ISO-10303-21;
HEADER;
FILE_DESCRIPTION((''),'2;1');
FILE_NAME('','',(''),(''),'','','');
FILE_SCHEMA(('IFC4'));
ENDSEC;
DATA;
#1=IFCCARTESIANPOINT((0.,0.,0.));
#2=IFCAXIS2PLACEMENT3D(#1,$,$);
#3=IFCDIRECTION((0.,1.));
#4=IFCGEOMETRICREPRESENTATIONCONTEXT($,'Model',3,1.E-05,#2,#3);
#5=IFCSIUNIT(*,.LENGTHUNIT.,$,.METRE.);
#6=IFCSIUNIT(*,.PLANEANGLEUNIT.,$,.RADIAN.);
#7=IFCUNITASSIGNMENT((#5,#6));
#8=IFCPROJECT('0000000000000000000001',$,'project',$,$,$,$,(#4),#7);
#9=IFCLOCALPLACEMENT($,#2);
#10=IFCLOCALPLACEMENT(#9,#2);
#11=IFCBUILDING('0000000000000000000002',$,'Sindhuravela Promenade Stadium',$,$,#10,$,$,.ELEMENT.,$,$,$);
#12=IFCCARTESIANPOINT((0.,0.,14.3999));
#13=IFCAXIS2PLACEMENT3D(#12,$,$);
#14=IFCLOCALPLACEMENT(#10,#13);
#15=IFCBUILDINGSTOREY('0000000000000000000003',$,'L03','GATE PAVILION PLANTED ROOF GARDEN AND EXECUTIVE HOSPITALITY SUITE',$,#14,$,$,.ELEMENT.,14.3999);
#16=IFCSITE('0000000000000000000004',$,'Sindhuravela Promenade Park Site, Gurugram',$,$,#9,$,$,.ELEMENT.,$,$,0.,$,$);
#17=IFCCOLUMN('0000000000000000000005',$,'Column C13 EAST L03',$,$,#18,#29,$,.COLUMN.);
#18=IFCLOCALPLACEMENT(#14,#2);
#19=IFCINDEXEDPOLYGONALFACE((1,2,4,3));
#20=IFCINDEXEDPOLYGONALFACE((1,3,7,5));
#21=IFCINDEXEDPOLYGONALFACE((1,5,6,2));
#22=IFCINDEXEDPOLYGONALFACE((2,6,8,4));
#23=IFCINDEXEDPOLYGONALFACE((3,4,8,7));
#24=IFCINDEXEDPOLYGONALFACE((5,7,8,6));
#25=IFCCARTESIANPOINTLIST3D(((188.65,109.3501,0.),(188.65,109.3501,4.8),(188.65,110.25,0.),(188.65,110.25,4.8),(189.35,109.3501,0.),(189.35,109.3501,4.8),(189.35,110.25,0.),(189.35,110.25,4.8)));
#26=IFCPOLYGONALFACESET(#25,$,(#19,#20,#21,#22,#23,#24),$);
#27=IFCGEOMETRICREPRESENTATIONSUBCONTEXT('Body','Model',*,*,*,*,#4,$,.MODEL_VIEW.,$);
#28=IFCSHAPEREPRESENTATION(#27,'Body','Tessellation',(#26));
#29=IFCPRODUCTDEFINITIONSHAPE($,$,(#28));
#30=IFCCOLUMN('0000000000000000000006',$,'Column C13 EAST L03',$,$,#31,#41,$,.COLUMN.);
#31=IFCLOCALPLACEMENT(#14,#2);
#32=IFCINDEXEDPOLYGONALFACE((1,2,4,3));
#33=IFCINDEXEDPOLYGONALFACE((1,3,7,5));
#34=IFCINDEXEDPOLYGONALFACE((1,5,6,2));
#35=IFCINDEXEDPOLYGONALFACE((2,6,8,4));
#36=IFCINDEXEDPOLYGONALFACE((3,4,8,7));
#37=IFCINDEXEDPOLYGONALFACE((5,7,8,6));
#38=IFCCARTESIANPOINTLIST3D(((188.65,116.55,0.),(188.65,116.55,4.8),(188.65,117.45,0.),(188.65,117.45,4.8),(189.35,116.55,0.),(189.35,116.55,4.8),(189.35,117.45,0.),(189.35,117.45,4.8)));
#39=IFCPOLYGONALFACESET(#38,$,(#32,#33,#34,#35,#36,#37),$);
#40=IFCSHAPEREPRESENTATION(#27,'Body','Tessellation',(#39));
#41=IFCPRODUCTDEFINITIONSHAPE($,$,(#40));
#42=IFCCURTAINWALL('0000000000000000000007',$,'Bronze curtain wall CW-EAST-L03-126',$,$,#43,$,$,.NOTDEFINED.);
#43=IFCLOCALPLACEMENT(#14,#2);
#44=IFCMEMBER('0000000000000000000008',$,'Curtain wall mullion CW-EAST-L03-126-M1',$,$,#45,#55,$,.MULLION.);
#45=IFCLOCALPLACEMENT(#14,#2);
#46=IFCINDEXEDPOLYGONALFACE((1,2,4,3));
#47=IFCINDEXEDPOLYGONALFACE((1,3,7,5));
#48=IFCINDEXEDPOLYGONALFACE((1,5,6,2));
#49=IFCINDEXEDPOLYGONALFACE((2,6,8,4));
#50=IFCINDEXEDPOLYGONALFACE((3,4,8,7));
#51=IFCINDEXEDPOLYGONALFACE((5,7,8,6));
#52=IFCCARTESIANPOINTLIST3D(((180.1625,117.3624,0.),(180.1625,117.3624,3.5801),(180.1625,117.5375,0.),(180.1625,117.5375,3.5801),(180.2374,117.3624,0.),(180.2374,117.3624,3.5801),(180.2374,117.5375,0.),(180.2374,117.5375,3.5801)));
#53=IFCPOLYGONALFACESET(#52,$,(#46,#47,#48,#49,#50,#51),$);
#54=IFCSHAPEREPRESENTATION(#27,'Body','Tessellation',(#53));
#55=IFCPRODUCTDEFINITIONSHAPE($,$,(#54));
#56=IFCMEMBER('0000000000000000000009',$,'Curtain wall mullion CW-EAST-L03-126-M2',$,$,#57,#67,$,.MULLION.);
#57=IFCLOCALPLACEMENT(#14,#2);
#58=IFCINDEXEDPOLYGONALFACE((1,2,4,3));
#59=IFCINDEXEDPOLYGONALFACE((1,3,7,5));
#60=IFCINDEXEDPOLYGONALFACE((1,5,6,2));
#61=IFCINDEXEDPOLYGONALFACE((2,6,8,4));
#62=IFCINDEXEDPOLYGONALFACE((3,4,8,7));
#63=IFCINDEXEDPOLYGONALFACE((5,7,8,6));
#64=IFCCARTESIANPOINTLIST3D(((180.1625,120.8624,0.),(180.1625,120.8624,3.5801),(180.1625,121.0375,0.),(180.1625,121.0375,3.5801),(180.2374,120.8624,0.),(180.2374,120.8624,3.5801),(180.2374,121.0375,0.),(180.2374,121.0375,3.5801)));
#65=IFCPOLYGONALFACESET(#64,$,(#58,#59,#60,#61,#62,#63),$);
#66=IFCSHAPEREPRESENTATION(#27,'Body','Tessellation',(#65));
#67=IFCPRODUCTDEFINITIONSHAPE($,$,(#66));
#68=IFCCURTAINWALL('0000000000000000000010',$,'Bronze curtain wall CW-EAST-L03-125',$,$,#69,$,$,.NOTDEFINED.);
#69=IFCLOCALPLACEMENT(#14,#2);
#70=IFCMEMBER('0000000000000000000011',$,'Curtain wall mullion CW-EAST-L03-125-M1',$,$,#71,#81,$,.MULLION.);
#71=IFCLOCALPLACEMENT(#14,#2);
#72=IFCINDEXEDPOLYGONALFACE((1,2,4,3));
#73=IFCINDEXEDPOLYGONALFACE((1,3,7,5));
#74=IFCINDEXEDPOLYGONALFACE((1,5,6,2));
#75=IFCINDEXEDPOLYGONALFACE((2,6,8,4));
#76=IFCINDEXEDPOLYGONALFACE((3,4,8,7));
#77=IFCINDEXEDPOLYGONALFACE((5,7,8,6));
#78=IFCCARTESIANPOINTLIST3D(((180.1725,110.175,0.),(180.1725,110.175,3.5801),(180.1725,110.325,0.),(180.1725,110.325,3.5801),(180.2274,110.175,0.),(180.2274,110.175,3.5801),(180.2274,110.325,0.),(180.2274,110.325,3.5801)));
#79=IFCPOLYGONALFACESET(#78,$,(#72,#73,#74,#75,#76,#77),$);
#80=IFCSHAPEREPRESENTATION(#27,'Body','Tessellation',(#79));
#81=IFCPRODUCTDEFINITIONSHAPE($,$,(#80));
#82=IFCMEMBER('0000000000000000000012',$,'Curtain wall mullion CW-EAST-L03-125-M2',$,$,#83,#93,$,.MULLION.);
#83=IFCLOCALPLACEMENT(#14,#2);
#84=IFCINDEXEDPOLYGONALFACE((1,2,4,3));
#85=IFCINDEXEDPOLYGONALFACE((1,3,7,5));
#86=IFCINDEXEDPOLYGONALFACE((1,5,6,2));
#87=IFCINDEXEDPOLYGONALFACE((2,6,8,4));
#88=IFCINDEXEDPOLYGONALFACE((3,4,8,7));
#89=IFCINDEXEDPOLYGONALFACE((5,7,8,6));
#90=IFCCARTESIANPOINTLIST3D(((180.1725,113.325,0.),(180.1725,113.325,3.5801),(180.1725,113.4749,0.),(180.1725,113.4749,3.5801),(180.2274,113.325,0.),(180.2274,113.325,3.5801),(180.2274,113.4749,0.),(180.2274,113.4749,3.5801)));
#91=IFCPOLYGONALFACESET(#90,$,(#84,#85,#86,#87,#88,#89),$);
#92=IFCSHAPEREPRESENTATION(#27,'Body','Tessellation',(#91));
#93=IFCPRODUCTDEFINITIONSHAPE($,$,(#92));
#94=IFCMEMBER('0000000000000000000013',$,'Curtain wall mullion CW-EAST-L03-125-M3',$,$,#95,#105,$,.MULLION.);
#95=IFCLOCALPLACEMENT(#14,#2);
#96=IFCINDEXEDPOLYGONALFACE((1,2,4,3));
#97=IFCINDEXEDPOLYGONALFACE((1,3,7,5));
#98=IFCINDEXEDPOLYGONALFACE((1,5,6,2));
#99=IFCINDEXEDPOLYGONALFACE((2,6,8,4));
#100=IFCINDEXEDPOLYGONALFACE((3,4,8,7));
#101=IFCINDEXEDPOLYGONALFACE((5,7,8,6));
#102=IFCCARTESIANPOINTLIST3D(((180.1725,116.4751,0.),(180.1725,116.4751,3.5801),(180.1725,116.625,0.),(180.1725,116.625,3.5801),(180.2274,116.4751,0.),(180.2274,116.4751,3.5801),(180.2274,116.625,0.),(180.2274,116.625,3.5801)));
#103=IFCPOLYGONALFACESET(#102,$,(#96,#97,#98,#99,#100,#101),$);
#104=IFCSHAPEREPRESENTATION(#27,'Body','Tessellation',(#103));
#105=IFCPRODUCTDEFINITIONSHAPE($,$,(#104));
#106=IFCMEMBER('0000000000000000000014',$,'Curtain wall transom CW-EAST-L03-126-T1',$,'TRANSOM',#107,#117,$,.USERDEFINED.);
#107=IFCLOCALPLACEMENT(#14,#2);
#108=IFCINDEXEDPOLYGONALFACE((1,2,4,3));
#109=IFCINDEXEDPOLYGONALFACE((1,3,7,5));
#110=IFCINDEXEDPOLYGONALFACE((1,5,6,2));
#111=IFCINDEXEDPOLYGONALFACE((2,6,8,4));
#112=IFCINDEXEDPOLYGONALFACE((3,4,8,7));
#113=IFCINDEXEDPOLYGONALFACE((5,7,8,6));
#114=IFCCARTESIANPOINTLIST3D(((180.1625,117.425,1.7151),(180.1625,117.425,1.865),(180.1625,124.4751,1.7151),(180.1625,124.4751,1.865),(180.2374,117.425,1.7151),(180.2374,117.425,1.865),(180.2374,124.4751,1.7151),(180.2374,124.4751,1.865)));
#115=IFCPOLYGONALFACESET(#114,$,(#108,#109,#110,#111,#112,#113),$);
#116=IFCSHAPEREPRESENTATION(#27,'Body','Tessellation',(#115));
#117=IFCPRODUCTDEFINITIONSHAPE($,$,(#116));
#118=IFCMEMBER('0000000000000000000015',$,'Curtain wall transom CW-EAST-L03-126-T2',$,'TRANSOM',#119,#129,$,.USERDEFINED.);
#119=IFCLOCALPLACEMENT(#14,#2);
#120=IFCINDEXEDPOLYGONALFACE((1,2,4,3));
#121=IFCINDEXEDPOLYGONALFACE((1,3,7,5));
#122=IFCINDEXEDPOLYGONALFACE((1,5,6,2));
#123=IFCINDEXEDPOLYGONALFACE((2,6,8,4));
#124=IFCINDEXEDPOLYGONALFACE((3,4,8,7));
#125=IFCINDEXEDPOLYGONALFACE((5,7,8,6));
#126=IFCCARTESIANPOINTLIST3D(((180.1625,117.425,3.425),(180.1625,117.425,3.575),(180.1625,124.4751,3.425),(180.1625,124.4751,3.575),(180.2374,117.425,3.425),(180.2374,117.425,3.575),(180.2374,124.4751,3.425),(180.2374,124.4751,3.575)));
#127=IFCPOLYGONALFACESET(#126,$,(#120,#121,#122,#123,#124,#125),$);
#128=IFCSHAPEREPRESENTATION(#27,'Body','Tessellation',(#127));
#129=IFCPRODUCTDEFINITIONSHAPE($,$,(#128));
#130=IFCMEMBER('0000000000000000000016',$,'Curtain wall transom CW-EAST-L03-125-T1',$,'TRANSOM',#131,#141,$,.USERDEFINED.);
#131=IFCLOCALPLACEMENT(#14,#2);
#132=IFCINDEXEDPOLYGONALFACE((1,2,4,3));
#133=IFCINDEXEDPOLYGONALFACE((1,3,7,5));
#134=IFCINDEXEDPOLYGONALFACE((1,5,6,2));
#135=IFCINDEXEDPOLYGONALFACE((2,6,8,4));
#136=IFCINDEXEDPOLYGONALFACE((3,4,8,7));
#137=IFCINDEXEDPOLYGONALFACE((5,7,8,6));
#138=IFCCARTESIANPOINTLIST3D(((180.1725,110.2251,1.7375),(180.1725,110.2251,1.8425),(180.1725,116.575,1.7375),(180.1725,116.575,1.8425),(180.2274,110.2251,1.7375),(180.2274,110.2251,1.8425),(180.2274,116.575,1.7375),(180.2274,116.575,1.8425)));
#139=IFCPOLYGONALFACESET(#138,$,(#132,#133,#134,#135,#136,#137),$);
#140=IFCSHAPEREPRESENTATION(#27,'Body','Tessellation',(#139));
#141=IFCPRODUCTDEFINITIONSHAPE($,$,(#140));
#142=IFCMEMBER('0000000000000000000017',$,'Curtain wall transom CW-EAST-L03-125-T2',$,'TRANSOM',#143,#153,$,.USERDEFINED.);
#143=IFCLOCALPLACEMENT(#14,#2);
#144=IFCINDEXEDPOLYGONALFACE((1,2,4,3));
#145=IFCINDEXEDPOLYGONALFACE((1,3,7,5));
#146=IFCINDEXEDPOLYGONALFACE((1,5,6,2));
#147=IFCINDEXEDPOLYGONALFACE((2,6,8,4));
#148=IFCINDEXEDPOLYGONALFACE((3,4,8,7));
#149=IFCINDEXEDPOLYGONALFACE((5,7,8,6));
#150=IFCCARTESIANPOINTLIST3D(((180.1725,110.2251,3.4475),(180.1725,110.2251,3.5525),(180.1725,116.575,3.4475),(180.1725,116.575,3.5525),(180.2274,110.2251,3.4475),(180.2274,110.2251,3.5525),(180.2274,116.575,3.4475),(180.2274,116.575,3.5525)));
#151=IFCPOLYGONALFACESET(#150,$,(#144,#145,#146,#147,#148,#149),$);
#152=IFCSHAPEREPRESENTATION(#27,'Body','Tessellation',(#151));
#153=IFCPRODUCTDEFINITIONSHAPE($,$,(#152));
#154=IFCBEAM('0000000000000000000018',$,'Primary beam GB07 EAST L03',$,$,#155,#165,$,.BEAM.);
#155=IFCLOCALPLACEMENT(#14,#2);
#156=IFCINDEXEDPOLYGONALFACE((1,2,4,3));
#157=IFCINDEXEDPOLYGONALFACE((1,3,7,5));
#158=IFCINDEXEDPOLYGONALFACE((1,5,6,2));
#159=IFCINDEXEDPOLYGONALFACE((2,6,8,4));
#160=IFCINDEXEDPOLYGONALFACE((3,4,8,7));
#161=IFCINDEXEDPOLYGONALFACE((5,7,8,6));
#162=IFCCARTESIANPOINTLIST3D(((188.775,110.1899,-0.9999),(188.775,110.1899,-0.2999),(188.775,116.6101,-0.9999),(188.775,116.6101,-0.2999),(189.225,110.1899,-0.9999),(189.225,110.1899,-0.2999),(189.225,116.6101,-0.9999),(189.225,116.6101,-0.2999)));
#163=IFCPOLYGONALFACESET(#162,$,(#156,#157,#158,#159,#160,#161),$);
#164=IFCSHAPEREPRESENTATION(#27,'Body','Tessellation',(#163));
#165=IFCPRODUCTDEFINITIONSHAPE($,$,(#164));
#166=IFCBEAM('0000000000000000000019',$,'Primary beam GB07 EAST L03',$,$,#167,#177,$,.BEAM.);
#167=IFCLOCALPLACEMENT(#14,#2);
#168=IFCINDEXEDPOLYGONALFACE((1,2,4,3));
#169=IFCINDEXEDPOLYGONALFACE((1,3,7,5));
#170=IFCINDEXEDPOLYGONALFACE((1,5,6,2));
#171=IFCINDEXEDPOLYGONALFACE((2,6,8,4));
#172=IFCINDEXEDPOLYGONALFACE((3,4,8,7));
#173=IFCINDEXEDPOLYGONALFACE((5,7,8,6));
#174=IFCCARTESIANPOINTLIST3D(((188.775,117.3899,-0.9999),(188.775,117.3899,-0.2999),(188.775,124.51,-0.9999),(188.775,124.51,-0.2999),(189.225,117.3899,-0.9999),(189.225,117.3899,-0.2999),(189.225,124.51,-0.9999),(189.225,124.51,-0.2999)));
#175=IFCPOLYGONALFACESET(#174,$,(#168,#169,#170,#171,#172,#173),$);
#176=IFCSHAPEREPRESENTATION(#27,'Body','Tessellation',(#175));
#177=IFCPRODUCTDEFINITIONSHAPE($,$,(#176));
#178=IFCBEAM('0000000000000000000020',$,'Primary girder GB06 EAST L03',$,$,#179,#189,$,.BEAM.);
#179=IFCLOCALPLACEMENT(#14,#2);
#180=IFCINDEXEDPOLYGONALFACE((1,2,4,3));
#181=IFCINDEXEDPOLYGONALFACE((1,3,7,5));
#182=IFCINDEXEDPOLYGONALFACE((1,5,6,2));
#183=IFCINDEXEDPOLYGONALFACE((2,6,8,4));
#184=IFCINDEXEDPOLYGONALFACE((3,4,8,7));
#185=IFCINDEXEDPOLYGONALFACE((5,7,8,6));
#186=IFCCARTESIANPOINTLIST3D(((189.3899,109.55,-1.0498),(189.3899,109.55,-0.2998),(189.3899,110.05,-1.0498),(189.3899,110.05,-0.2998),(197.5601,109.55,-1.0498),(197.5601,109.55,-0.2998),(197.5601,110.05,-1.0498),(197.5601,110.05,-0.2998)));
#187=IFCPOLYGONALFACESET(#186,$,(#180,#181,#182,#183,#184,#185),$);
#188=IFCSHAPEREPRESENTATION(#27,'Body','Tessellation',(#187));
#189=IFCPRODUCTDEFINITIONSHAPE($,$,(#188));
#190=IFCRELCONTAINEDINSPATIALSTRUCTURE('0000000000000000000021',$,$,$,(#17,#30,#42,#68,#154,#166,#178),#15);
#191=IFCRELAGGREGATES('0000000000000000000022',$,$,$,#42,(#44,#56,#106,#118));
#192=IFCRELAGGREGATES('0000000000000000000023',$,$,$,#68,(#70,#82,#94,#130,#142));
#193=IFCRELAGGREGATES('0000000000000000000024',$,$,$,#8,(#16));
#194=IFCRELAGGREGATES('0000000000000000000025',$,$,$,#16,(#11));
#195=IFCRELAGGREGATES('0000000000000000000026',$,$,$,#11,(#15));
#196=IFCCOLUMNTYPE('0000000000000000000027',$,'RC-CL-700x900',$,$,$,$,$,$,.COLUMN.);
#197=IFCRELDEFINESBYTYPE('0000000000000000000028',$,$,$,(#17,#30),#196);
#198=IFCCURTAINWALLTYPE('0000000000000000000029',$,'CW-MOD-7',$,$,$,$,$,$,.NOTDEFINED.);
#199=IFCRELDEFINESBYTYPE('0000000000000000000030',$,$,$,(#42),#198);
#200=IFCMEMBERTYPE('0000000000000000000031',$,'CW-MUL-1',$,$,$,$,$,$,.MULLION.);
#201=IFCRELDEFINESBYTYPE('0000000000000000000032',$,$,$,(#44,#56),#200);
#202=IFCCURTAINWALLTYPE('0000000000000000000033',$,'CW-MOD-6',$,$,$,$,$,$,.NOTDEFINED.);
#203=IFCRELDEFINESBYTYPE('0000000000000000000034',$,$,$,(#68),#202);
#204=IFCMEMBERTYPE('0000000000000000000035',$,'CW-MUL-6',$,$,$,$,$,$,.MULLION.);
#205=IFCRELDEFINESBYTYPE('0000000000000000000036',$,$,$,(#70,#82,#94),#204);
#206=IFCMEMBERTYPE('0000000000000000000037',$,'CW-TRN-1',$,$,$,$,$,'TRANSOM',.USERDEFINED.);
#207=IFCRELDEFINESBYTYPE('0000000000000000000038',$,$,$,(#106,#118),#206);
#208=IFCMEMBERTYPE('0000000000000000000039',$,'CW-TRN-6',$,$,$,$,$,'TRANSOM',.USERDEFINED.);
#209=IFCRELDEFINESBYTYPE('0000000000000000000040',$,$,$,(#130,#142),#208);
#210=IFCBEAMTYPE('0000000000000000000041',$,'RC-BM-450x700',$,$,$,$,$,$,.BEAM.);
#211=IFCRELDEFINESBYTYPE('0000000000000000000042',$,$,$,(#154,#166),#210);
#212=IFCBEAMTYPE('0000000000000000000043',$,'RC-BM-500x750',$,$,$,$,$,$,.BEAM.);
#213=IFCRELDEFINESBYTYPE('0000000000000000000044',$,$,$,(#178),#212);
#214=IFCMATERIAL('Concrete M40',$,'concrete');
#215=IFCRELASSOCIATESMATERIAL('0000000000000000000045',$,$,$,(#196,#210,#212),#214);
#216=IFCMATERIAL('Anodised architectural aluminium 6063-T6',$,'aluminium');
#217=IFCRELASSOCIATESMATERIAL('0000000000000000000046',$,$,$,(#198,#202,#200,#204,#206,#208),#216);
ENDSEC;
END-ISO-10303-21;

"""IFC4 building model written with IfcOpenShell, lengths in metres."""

from ifc_helpers import new_model, si_unit, direction, frame, origin, origin_2d, place, context, subcontext, project, spatial, rectangle, extrude, material, material_profile, profile_set, type_object, element, aggregate, save


model = new_model("IFC4")

# Units and contexts
model_context = context("Model", 3, precision=1e-05, world=origin(), true_north=direction((0.0, 1.0)))
body_context = subcontext(model_context, "Body", "Model", "MODEL_VIEW")
ifc_project = project(units=[si_unit("LENGTHUNIT", "METRE"), si_unit("PLANEANGLEUNIT", "RADIAN")], contexts=[model_context])

# Site, building, storey
site_placement = place(None, origin())
site = spatial("IfcSite", under=ifc_project, at=site_placement, Name="Sindhuravela Promenade Park Site, Gurugram", CompositionType="ELEMENT", RefElevation=0.0)
building_placement = place(site_placement, origin())
building = spatial("IfcBuilding", under=site, at=building_placement, Name="Sindhuravela Promenade Stadium", CompositionType="ELEMENT")
storey_placement = place(building_placement, frame((0.0, 0.0, 14.3999)))
storey = spatial("IfcBuildingStorey", under=building, at=storey_placement, Name="L03", Description="GATE PAVILION PLANTED ROOF GARDEN AND EXECUTIVE HOSPITALITY SUITE", CompositionType="ELEMENT", Elevation=14.3999)

# Columns
ifc_material_1 = material(Name="Concrete M40", Category="concrete")
ifc_material_profile_1 = material_profile(ifc_material_1, rectangle(XDim=0.7, YDim=0.8999, at=origin_2d()), Name="RC 700x900")
ifc_profile_set_1 = profile_set([ifc_material_profile_1], Name="Concrete M40")
column_type = type_object("IfcColumnType", Name="RC-CL-700x900", PredefinedType="COLUMN", material=ifc_profile_set_1)
for number, where, z_axis, x_axis, name in (
    (1, (189.0, 109.8, 0.0), (0.0, 0.0, 1.0), (1.0, 0.0, 0.0), "Column C13 EAST L03"),
    (2, (189.0, 117.0, 0.0), (0.0, 0.0, 1.0), (1.0, 0.0, 0.0), "Column C13 EAST L03"),
):
    element("IfcColumn", number, at=place(storey_placement, frame(where, z_axis=z_axis, x_axis=x_axis)), inside=storey, type_object=column_type, Name=name, PredefinedType="COLUMN", context=body_context, shape_type="SweptSolid", body=[
        extrude(rectangle(XDim=0.7, YDim=0.8999, at=origin_2d()), origin(), (0.0, 0.0, 1.0), 4.8),
    ])

# Curtain walls, members
ifc_material_2 = material(Name="Anodised architectural aluminium 6063-T6", Category="aluminium")
curtain_wall_type_1 = type_object("IfcCurtainWallType", Name="CW-MOD-7", PredefinedType="NOTDEFINED", material=ifc_material_2)
curtain_wall_1_placement = place(storey_placement, origin())
curtain_wall_1 = element("IfcCurtainWall", 3, at=curtain_wall_1_placement, inside=storey, type_object=curtain_wall_type_1, Name="Bronze curtain wall CW-EAST-L03-126", PredefinedType="NOTDEFINED")
ifc_material_profile_2 = material_profile(ifc_material_2, rectangle(XDim=0.075, YDim=0.175, at=origin_2d()), Name="ALU MULL 75x175")
ifc_profile_set_2 = profile_set([ifc_material_profile_2], Name="Anodised architectural aluminium 6063-T6")
member_type_1 = type_object("IfcMemberType", Name="CW-MUL-1", PredefinedType="MULLION", material=ifc_profile_set_2)
member_1_placement = place(storey_placement, frame((180.2, 117.45, 0.0), z_axis=(0.0, 0.0, 1.0), x_axis=(1.0, 0.0, 0.0)))
member_1 = element("IfcMember", 4, at=member_1_placement, type_object=member_type_1, Name="Curtain wall mullion CW-EAST-L03-126-M1", PredefinedType="MULLION", context=body_context, shape_type="SweptSolid", body=[
    extrude(rectangle(XDim=0.075, YDim=0.175, at=origin_2d()), origin(), (0.0, 0.0, 1.0), 3.5801),
])
member_2_placement = place(storey_placement, frame((180.2, 120.95, 0.0), z_axis=(0.0, 0.0, 1.0), x_axis=(1.0, 0.0, 0.0)))
member_2 = element("IfcMember", 5, at=member_2_placement, type_object=member_type_1, Name="Curtain wall mullion CW-EAST-L03-126-M2", PredefinedType="MULLION", context=body_context, shape_type="SweptSolid", body=[
    extrude(rectangle(XDim=0.075, YDim=0.175, at=origin_2d()), origin(), (0.0, 0.0, 1.0), 3.5801),
])
curtain_wall_type_2 = type_object("IfcCurtainWallType", Name="CW-MOD-6", PredefinedType="NOTDEFINED", material=ifc_material_2)
curtain_wall_2_placement = place(storey_placement, origin())
curtain_wall_2 = element("IfcCurtainWall", 6, at=curtain_wall_2_placement, inside=storey, type_object=curtain_wall_type_2, Name="Bronze curtain wall CW-EAST-L03-125", PredefinedType="NOTDEFINED")
ifc_material_profile_3 = material_profile(ifc_material_2, rectangle(XDim=0.0549, YDim=0.1499, at=origin_2d()), Name="ALU M55x150")
ifc_profile_set_3 = profile_set([ifc_material_profile_3], Name="Anodised architectural aluminium 6063-T6")
member_type_2 = type_object("IfcMemberType", Name="CW-MUL-6", PredefinedType="MULLION", material=ifc_profile_set_3)
member_3_placement = place(storey_placement, frame((180.2, 110.25, 0.0), z_axis=(0.0, 0.0, 1.0), x_axis=(1.0, 0.0, 0.0)))
member_3 = element("IfcMember", 7, at=member_3_placement, type_object=member_type_2, Name="Curtain wall mullion CW-EAST-L03-125-M1", PredefinedType="MULLION", context=body_context, shape_type="SweptSolid", body=[
    extrude(rectangle(XDim=0.0549, YDim=0.1499, at=origin_2d()), origin(), (0.0, 0.0, 1.0), 3.5801),
])
member_4_placement = place(storey_placement, frame((180.2, 113.3999, 0.0), z_axis=(0.0, 0.0, 1.0), x_axis=(1.0, 0.0, 0.0)))
member_4 = element("IfcMember", 8, at=member_4_placement, type_object=member_type_2, Name="Curtain wall mullion CW-EAST-L03-125-M2", PredefinedType="MULLION", context=body_context, shape_type="SweptSolid", body=[
    extrude(rectangle(XDim=0.0549, YDim=0.1499, at=origin_2d()), origin(), (0.0, 0.0, 1.0), 3.5801),
])
member_5_placement = place(storey_placement, frame((180.2, 116.55, 0.0), z_axis=(0.0, 0.0, 1.0), x_axis=(1.0, 0.0, 0.0)))
member_5 = element("IfcMember", 9, at=member_5_placement, type_object=member_type_2, Name="Curtain wall mullion CW-EAST-L03-125-M3", PredefinedType="MULLION", context=body_context, shape_type="SweptSolid", body=[
    extrude(rectangle(XDim=0.0549, YDim=0.1499, at=origin_2d()), origin(), (0.0, 0.0, 1.0), 3.5801),
])

# Members
ifc_material_profile_4 = material_profile(ifc_material_2, rectangle(XDim=0.075, YDim=0.1499, at=origin_2d()), Name="ALU TRAN 75x150")
ifc_profile_set_4 = profile_set([ifc_material_profile_4], Name="Anodised architectural aluminium 6063-T6")
member_type_3 = type_object("IfcMemberType", Name="CW-TRN-1", ElementType="TRANSOM", PredefinedType="USERDEFINED", material=ifc_profile_set_4)
member_6_placement = place(storey_placement, frame((180.2, 117.425, 1.79), z_axis=(0.0, 1.0, 0.0), x_axis=(-1.0, 0.0, 0.0)))
member_6 = element("IfcMember", 10, at=member_6_placement, type_object=member_type_3, Name="Curtain wall transom CW-EAST-L03-126-T1", ObjectType="TRANSOM", PredefinedType="USERDEFINED", context=body_context, shape_type="SweptSolid", body=[
    extrude(rectangle(XDim=0.075, YDim=0.1499, at=origin_2d()), origin(), (0.0, 0.0, 1.0), 7.05),
])
member_7_placement = place(storey_placement, frame((180.2, 117.425, 3.5), z_axis=(0.0, 1.0, 0.0), x_axis=(-1.0, 0.0, 0.0)))
member_7 = element("IfcMember", 11, at=member_7_placement, type_object=member_type_3, Name="Curtain wall transom CW-EAST-L03-126-T2", ObjectType="TRANSOM", PredefinedType="USERDEFINED", context=body_context, shape_type="SweptSolid", body=[
    extrude(rectangle(XDim=0.075, YDim=0.1499, at=origin_2d()), origin(), (0.0, 0.0, 1.0), 7.05),
])
ifc_material_profile_5 = material_profile(ifc_material_2, rectangle(XDim=0.0549, YDim=0.105, at=origin_2d()), Name="ALU T55x105")
ifc_profile_set_5 = profile_set([ifc_material_profile_5], Name="Anodised architectural aluminium 6063-T6")
member_type_4 = type_object("IfcMemberType", Name="CW-TRN-6", ElementType="TRANSOM", PredefinedType="USERDEFINED", material=ifc_profile_set_5)
member_8_placement = place(storey_placement, frame((180.2, 110.2251, 1.79), z_axis=(0.0, 1.0, 0.0), x_axis=(-1.0, 0.0, 0.0)))
member_8 = element("IfcMember", 12, at=member_8_placement, type_object=member_type_4, Name="Curtain wall transom CW-EAST-L03-125-T1", ObjectType="TRANSOM", PredefinedType="USERDEFINED", context=body_context, shape_type="SweptSolid", body=[
    extrude(rectangle(XDim=0.0549, YDim=0.105, at=origin_2d()), origin(), (0.0, 0.0, 1.0), 6.3499),
])
member_9_placement = place(storey_placement, frame((180.2, 110.2251, 3.5), z_axis=(0.0, 1.0, 0.0), x_axis=(-1.0, 0.0, 0.0)))
member_9 = element("IfcMember", 13, at=member_9_placement, type_object=member_type_4, Name="Curtain wall transom CW-EAST-L03-125-T2", ObjectType="TRANSOM", PredefinedType="USERDEFINED", context=body_context, shape_type="SweptSolid", body=[
    extrude(rectangle(XDim=0.0549, YDim=0.105, at=origin_2d()), origin(), (0.0, 0.0, 1.0), 6.3499),
])

# Beams
ifc_material_profile_6 = material_profile(ifc_material_1, rectangle(XDim=0.45, YDim=0.7, at=origin_2d()), Name="RC 450x700")
ifc_profile_set_6 = profile_set([ifc_material_profile_6], Name="Concrete M40")
beam_type_1 = type_object("IfcBeamType", Name="RC-BM-450x700", PredefinedType="BEAM", material=ifc_profile_set_6)
beam_1_placement = place(storey_placement, frame((189.0, 110.1899, -0.6499), z_axis=(0.0, 1.0, 0.0), x_axis=(-1.0, 0.0, 0.0)))
element("IfcBeam", 14, at=beam_1_placement, inside=storey, type_object=beam_type_1, Name="Primary beam GB07 EAST L03", PredefinedType="BEAM", context=body_context, shape_type="SweptSolid", body=[
    extrude(rectangle(XDim=0.45, YDim=0.7, at=origin_2d()), origin(), (0.0, 0.0, 1.0), 6.4202),
])
beam_2_placement = place(storey_placement, frame((189.0, 117.3899, -0.6499), z_axis=(0.0, 1.0, 0.0), x_axis=(-1.0, 0.0, 0.0)))
element("IfcBeam", 15, at=beam_2_placement, inside=storey, type_object=beam_type_1, Name="Primary beam GB07 EAST L03", PredefinedType="BEAM", context=body_context, shape_type="SweptSolid", body=[
    extrude(rectangle(XDim=0.45, YDim=0.7, at=origin_2d()), origin(), (0.0, 0.0, 1.0), 7.1201),
])
ifc_material_profile_7 = material_profile(ifc_material_1, rectangle(XDim=0.5, YDim=0.75, at=origin_2d()), Name="RC 500x750")
ifc_profile_set_7 = profile_set([ifc_material_profile_7], Name="Concrete M40")
beam_type_2 = type_object("IfcBeamType", Name="RC-BM-500x750", PredefinedType="BEAM", material=ifc_profile_set_7)
for number, where, z_axis, x_axis, name in (
    (16, (189.3899, 109.8, -0.6748), (1.0, 0.0, 0.0), (0.0, 1.0, 0.0), "Primary girder GB06 EAST L03"),
):
    element("IfcBeam", number, at=place(storey_placement, frame(where, z_axis=z_axis, x_axis=x_axis)), inside=storey, type_object=beam_type_2, Name=name, PredefinedType="BEAM", context=body_context, shape_type="SweptSolid", body=[
        extrude(rectangle(XDim=0.5, YDim=0.75, at=origin_2d()), origin(), (0.0, 0.0, 1.0), 8.1702),
    ])

aggregate(curtain_wall_1, [member_1, member_2, member_6, member_7])
aggregate(curtain_wall_2, [member_3, member_4, member_5, member_8, member_9])

save(model, "model.ifc")
